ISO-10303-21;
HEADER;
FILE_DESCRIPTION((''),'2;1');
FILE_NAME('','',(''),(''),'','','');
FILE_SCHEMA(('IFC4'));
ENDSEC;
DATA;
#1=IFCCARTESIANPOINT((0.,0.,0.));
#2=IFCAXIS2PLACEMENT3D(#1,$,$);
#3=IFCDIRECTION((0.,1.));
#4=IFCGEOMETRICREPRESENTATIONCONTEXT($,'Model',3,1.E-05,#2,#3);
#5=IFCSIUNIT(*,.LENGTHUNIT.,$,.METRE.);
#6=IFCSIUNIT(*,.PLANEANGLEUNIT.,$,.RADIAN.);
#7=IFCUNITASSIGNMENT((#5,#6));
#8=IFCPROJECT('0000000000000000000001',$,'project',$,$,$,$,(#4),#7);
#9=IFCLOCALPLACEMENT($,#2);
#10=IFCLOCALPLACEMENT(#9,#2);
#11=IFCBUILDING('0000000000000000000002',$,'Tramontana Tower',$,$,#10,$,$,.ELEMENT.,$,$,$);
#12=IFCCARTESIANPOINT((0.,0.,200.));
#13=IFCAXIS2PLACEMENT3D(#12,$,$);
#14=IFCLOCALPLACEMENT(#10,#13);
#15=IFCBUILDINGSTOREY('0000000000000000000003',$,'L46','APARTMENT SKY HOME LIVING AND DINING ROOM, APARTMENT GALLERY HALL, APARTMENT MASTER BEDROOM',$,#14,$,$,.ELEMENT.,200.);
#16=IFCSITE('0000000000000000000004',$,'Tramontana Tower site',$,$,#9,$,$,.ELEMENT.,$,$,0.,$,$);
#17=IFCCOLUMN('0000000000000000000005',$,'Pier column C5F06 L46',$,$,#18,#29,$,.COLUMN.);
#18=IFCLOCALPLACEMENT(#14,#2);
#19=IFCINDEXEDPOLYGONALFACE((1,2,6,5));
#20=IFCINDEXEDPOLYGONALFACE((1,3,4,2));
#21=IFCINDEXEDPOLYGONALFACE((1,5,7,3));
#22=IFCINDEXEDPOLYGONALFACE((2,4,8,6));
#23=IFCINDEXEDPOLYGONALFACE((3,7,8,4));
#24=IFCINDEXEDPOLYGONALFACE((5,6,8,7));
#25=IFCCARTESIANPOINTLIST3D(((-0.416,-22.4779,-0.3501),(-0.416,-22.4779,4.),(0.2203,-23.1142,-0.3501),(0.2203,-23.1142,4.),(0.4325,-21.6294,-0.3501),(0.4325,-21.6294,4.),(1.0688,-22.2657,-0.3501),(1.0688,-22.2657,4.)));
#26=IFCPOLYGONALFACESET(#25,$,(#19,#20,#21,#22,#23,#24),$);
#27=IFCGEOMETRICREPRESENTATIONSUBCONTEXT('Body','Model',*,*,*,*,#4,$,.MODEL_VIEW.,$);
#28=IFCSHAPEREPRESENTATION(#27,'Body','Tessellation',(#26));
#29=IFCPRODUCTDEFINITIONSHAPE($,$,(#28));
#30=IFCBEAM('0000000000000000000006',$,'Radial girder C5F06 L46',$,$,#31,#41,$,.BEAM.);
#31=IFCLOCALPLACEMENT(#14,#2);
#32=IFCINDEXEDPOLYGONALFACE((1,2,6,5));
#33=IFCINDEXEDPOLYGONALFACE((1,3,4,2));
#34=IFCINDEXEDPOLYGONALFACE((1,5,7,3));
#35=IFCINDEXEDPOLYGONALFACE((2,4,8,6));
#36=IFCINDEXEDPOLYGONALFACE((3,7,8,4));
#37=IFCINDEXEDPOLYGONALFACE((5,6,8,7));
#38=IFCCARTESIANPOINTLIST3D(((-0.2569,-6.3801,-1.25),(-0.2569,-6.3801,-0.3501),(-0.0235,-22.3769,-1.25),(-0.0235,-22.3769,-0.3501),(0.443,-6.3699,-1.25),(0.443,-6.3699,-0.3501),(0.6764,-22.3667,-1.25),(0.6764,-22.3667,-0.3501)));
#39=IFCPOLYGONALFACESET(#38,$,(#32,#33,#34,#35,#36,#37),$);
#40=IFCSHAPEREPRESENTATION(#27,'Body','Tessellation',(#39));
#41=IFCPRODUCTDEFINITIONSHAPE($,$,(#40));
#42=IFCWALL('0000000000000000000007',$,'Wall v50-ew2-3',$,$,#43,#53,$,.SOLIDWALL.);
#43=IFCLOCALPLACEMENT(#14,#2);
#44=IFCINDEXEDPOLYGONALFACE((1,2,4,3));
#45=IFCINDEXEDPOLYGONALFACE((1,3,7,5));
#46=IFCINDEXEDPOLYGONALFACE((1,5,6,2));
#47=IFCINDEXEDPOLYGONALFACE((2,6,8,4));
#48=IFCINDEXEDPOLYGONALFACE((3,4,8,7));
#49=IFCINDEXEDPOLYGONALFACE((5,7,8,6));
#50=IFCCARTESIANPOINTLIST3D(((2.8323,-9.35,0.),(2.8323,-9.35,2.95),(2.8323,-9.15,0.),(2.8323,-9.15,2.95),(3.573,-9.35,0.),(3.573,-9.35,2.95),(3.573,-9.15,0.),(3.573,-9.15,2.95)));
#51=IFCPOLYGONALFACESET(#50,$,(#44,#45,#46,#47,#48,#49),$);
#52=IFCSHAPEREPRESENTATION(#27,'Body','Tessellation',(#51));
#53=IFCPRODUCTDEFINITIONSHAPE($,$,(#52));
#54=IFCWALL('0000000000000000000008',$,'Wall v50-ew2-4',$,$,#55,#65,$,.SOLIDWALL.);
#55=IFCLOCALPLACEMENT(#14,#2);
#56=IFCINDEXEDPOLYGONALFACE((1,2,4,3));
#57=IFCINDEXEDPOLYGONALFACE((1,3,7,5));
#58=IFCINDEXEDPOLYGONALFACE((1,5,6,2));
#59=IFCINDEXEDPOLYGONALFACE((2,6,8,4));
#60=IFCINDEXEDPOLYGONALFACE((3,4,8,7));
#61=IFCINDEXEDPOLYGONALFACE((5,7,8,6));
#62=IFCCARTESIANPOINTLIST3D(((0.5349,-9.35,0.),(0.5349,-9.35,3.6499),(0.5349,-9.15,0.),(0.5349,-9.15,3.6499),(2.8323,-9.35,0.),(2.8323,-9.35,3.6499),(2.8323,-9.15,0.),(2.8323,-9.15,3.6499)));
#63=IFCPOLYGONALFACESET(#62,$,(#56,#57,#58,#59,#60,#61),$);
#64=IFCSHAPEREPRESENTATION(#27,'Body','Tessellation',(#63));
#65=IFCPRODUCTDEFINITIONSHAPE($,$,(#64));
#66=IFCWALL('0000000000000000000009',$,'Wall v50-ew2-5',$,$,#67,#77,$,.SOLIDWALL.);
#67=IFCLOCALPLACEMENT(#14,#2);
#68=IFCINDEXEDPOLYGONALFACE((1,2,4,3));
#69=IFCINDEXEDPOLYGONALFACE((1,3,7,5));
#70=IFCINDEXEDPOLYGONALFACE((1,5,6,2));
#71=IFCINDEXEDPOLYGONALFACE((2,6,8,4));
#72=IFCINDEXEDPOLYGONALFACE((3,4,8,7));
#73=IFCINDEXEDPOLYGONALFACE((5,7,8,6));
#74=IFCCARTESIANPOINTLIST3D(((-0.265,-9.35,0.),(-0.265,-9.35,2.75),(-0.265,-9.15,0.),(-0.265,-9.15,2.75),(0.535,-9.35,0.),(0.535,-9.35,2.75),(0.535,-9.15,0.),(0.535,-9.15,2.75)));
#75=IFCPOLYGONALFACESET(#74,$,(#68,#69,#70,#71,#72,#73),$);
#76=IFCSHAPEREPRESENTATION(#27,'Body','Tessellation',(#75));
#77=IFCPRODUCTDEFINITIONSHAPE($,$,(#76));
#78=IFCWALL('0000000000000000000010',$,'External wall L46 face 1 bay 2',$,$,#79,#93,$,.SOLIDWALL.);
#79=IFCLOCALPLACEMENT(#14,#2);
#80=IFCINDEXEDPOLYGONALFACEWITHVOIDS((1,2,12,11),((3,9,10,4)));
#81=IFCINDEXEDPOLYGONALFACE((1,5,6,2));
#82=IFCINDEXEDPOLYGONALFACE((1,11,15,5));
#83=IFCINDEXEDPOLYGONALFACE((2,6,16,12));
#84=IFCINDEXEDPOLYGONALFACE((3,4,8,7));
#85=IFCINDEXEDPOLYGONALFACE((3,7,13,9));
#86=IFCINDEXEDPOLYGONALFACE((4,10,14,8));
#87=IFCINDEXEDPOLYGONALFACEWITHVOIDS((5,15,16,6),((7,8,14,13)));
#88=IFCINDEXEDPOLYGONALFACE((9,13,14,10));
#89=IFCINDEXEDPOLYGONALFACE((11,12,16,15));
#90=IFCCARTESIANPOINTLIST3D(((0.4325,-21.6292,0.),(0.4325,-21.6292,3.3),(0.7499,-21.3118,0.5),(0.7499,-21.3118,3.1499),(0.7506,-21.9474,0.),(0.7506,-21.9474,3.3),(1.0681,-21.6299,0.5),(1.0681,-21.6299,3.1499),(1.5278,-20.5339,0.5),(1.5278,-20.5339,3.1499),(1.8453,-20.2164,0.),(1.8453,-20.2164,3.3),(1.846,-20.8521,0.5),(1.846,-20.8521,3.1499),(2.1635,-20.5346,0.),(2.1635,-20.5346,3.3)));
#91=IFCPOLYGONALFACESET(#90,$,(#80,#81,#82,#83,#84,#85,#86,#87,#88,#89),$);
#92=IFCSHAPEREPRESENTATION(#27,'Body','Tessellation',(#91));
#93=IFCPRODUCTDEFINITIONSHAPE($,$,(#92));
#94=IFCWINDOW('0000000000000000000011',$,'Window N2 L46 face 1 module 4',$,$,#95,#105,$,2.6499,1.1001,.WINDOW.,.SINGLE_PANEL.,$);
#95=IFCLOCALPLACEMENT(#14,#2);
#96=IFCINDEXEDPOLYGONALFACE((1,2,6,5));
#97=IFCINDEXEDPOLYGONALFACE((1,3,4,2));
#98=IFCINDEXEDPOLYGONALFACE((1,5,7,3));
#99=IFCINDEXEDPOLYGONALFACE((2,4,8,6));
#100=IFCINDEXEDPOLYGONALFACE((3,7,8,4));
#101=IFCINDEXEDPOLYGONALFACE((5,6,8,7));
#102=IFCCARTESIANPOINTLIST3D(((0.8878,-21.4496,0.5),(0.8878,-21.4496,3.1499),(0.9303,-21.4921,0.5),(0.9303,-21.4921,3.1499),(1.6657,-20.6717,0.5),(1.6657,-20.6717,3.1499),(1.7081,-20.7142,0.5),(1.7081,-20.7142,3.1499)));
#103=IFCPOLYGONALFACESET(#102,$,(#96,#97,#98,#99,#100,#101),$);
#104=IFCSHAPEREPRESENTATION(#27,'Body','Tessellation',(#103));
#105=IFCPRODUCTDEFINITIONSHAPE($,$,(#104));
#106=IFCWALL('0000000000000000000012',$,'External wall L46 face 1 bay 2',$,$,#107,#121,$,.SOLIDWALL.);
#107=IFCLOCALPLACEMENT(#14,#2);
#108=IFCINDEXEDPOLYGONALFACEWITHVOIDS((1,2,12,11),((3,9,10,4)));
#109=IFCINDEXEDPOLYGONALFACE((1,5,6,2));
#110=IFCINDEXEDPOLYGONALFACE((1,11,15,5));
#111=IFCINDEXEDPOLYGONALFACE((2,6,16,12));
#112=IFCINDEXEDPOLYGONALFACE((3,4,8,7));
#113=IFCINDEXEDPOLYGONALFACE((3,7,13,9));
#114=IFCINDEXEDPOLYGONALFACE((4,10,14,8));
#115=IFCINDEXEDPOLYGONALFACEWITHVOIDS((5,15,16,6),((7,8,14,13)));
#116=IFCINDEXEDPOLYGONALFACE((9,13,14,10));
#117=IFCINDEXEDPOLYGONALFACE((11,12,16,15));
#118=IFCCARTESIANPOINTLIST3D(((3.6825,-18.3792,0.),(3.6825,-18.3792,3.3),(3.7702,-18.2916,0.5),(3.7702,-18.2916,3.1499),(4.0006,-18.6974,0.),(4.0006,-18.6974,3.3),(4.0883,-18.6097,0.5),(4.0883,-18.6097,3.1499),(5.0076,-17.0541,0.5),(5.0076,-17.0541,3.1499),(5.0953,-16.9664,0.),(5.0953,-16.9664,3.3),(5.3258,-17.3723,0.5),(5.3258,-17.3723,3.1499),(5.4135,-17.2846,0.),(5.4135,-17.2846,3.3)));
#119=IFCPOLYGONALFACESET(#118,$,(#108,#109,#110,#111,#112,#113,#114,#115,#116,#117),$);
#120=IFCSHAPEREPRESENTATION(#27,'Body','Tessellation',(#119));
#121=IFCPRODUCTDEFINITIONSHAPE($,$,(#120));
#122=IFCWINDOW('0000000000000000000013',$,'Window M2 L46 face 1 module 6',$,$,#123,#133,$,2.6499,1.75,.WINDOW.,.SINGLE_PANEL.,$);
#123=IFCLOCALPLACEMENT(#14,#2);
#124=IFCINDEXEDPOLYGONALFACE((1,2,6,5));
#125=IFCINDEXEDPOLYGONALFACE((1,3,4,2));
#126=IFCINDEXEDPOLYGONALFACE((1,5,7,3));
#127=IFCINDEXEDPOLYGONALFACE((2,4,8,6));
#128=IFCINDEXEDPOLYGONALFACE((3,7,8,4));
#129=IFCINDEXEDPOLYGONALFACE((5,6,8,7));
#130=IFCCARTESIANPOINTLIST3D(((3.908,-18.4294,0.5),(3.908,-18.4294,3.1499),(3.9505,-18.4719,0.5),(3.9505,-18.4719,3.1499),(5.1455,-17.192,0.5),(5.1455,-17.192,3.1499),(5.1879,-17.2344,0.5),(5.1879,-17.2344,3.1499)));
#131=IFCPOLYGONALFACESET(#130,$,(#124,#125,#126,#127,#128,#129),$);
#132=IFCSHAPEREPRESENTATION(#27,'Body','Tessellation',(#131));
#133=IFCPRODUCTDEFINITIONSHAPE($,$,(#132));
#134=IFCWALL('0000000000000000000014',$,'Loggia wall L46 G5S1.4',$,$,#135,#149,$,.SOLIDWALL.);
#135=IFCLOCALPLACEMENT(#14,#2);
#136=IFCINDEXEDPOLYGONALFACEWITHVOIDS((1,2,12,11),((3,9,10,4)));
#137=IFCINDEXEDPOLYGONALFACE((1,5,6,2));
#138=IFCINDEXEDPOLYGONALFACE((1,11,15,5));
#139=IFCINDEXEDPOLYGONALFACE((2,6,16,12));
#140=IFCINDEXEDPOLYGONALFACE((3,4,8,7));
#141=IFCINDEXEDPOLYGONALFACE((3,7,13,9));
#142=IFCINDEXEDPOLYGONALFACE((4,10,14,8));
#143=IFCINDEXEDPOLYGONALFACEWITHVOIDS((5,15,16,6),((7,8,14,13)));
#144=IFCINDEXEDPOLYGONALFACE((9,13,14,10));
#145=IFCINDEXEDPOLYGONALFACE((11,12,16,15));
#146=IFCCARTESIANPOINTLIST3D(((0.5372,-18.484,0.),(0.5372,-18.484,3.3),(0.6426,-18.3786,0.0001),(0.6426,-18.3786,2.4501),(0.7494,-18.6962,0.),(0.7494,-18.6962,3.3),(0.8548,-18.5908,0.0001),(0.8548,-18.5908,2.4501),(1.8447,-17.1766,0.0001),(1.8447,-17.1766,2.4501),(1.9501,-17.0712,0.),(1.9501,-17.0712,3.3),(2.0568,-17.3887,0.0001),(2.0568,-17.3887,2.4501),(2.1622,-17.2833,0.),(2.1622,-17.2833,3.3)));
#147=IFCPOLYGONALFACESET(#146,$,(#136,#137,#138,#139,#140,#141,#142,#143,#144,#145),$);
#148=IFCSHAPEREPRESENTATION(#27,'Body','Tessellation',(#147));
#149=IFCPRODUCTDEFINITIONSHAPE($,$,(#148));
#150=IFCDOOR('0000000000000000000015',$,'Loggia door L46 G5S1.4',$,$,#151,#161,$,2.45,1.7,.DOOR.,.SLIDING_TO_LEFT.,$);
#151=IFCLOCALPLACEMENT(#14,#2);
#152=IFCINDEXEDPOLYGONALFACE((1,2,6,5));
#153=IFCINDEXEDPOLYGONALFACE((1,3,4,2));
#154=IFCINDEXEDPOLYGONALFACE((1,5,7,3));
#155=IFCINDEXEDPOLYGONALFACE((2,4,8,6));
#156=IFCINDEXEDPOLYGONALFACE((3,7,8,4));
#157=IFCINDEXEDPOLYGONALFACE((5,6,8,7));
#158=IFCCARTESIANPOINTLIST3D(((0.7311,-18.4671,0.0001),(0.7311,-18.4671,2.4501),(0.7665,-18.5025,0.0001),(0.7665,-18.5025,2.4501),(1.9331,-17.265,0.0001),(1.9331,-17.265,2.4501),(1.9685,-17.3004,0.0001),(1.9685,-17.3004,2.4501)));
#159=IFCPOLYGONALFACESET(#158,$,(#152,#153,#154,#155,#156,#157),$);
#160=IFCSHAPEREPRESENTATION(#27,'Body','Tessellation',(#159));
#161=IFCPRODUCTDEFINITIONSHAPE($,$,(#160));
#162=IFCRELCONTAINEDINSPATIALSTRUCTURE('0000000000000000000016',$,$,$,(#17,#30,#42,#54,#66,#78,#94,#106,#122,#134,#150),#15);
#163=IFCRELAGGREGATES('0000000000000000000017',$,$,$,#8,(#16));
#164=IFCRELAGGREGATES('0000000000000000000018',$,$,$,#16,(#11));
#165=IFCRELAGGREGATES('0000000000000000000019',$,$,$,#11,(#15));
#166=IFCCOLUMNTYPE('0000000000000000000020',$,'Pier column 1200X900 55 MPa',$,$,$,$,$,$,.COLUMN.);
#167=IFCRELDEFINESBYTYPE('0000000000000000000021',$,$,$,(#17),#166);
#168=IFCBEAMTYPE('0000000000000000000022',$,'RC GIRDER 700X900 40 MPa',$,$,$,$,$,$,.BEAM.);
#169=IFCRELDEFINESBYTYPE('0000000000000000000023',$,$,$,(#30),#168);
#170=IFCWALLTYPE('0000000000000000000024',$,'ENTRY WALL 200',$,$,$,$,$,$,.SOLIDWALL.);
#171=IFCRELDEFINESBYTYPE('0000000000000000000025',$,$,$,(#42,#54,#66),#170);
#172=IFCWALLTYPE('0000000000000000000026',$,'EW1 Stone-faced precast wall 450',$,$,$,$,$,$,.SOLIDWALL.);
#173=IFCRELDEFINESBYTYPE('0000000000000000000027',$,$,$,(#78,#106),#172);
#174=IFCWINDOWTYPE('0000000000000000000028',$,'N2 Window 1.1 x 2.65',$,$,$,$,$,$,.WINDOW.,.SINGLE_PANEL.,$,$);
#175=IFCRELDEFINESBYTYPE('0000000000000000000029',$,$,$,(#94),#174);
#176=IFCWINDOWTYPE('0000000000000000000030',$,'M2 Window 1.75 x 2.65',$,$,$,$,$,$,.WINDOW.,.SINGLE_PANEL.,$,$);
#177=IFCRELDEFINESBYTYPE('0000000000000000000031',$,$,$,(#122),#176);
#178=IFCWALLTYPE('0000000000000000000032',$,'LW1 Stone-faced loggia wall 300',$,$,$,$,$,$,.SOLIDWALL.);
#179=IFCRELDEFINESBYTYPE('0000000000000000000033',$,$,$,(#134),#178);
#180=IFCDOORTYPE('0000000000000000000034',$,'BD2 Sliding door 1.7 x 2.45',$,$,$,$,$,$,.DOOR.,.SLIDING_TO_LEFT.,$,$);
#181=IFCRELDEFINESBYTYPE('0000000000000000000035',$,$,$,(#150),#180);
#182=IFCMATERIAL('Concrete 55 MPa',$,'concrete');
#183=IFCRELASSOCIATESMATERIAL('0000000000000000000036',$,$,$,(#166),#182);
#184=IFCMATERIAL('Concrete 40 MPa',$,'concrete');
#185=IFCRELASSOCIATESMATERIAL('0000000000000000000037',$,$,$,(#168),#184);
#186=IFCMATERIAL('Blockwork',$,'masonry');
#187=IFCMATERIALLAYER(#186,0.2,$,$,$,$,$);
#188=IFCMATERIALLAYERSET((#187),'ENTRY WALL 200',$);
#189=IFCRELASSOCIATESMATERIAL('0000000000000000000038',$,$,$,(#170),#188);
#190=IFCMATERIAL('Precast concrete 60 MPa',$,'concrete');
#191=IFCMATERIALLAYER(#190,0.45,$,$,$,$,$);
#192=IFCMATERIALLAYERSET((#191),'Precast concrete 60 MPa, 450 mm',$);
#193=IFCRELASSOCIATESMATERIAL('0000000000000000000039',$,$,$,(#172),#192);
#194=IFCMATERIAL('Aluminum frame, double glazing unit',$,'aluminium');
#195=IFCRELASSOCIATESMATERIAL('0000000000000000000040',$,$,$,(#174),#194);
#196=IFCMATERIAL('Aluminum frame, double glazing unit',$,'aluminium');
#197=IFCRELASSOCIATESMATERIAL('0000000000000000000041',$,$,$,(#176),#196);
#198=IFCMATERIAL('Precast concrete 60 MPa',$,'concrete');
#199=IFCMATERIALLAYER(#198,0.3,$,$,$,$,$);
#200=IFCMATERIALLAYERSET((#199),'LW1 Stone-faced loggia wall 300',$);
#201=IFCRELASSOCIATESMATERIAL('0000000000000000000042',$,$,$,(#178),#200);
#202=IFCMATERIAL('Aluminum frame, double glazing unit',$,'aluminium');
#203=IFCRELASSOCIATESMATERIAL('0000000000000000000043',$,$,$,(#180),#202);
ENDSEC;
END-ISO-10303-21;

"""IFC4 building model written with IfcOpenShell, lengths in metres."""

from ifc_helpers import new_model, si_unit, direction, frame, frame_2d, origin, origin_2d, place, context, subcontext, project, spatial, rectangle, extrude, material, layer, layer_set, material_profile, profile_set, type_object, element, fill, save


model = new_model("IFC4")

# Units and contexts
model_context = context("Model", 3, precision=1e-05, world=origin(), true_north=direction((0.0, 1.0)))
body_context = subcontext(model_context, "Body", "Model", "MODEL_VIEW")
ifc_project = project(units=[si_unit("LENGTHUNIT", "METRE"), si_unit("PLANEANGLEUNIT", "RADIAN")], contexts=[model_context])

# Site, building, storey
site_placement = place(None, origin())
site = spatial("IfcSite", under=ifc_project, at=site_placement, Name="Tramontana Tower site", CompositionType="ELEMENT", RefElevation=0.0)
building_placement = place(site_placement, origin())
building = spatial("IfcBuilding", under=site, at=building_placement, Name="Tramontana Tower", CompositionType="ELEMENT")
storey_placement = place(building_placement, frame((0.0, 0.0, 200.0)))
storey = spatial("IfcBuildingStorey", under=building, at=storey_placement, Name="L46", Description="APARTMENT SKY HOME LIVING AND DINING ROOM, APARTMENT GALLERY HALL, APARTMENT MASTER BEDROOM", CompositionType="ELEMENT", Elevation=200.0)

# Column
ifc_material_1 = material(Name="Concrete 55 MPa", Category="concrete")
ifc_material_profile_1 = material_profile(ifc_material_1, rectangle(XDim=1.2, YDim=0.8999, at=origin_2d()), Name="Pier column 1200X900 55 MPa")
ifc_profile_set_1 = profile_set([ifc_material_profile_1], Name="Concrete 55 MPa")
column_type = type_object("IfcColumnType", Name="Pier column 1200X900 55 MPa", PredefinedType="COLUMN", material=ifc_profile_set_1)
column_placement = place(storey_placement, frame((0.3264, -22.3718, -0.3501), z_axis=(0.0, 0.0, 1.0), x_axis=(0.707107, 0.707107, 0.0)))
element("IfcColumn", 1, at=column_placement, inside=storey, type_object=column_type, Name="Pier column C5F06 L46", PredefinedType="COLUMN", context=body_context, shape_type="SweptSolid", body=[
    extrude(rectangle(XDim=1.2, YDim=0.8999, at=origin_2d()), origin(), (0.0, 0.0, 1.0), 4.3501),
])

# Beam
ifc_material_2 = material(Name="Concrete 40 MPa", Category="concrete")
ifc_material_profile_2 = material_profile(ifc_material_2, rectangle(XDim=0.7, YDim=0.8999, at=origin_2d()), Name="RC GIRDER 700X900 40 MPa")
ifc_profile_set_2 = profile_set([ifc_material_profile_2], Name="Concrete 40 MPa")
beam_type = type_object("IfcBeamType", Name="RC GIRDER 700X900 40 MPa", PredefinedType="BEAM", material=ifc_profile_set_2)
beam_placement = place(storey_placement, frame((0.3264, -22.3718, -0.8), z_axis=(-0.014589, 0.999894, 0.0), x_axis=(-0.999894, -0.014589, 0.0)))
element("IfcBeam", 2, at=beam_placement, inside=storey, type_object=beam_type, Name="Radial girder C5F06 L46", PredefinedType="BEAM", context=body_context, shape_type="SweptSolid", body=[
    extrude(rectangle(XDim=0.7, YDim=0.8999, at=origin_2d()), origin(), (0.0, 0.0, 1.0), 15.9985),
])

# Walls
ifc_material_3 = material(Name="Blockwork", Category="masonry")
ifc_layer_1 = layer(ifc_material_3, 0.2)
ifc_layer_set_1 = layer_set([ifc_layer_1], Name="ENTRY WALL 200")
wall_type_1 = type_object("IfcWallType", Name="ENTRY WALL 200", PredefinedType="SOLIDWALL", material=ifc_layer_set_1)
wall_1_placement = place(storey_placement, frame((3.573, -9.25, 0.0), z_axis=(0.0, 0.0, 1.0), x_axis=(-1.0, 0.0, 0.0)))
element("IfcWall", 3, at=wall_1_placement, inside=storey, type_object=wall_type_1, Name="Wall v50-ew2-3", PredefinedType="SOLIDWALL", context=body_context, shape_type="SweptSolid", body=[
    extrude(rectangle(XDim=0.7407, YDim=0.2, at=frame_2d((0.3704, 0.0))), origin(), (0.0, 0.0, 1.0), 2.95),
])
wall_2_placement = place(storey_placement, frame((2.8323, -9.25, 0.0), z_axis=(0.0, 0.0, 1.0), x_axis=(-1.0, 0.0, 0.0)))
element("IfcWall", 4, at=wall_2_placement, inside=storey, type_object=wall_type_1, Name="Wall v50-ew2-4", PredefinedType="SOLIDWALL", context=body_context, shape_type="SweptSolid", body=[
    extrude(rectangle(XDim=2.2974, YDim=0.2, at=frame_2d((1.1487, 0.0))), origin(), (0.0, 0.0, 1.0), 3.6499),
])
wall_3_placement = place(storey_placement, frame((0.5349, -9.25, 0.0), z_axis=(0.0, 0.0, 1.0), x_axis=(-1.0, 0.0, 0.0)))
element("IfcWall", 5, at=wall_3_placement, inside=storey, type_object=wall_type_1, Name="Wall v50-ew2-5", PredefinedType="SOLIDWALL", context=body_context, shape_type="SweptSolid", body=[
    extrude(rectangle(XDim=0.8, YDim=0.2, at=frame_2d((0.3999, 0.0))), origin(), (0.0, 0.0, 1.0), 2.75),
])

# Walls, openings, windows
ifc_material_4 = material(Name="Precast concrete 60 MPa", Category="concrete")
ifc_layer_2 = layer(ifc_material_4, 0.45)
ifc_layer_set_2 = layer_set([ifc_layer_2], Name="Precast concrete 60 MPa, 450 mm")
wall_type_2 = type_object("IfcWallType", Name="EW1 Stone-faced precast wall 450", PredefinedType="SOLIDWALL", material=ifc_layer_set_2)
wall_4_placement = place(storey_placement, frame((0.5916, -21.7883, 0.0), z_axis=(0.0, 0.0, 1.0), x_axis=(0.707107, 0.707107, 0.0)))
wall_4 = element("IfcWall", 6, at=wall_4_placement, inside=storey, type_object=wall_type_2, Name="External wall L46 face 1 bay 2", PredefinedType="SOLIDWALL", context=body_context, shape_type="SweptSolid", body=[
    extrude(rectangle(XDim=1.998, YDim=0.45, at=frame_2d((0.999, 0.0))), origin(), (0.0, 0.0, 1.0), 3.3),
])
opening_1_placement = place(wall_4_placement, frame((0.449, 0.0, 0.5)))
opening_1 = element("IfcOpeningElement", 7, at=opening_1_placement, cuts=wall_4, PredefinedType="OPENING", context=body_context, shape_type="SweptSolid", body=[
    extrude(rectangle(XDim=1.1001, YDim=2.6499, at=frame_2d((0.55, 1.325))), frame((0.0, 0.2349, 0.0), z_axis=(0.0, -1.0, 0.0), x_axis=(1.0, 0.0, 0.0)), (0.0, 0.0, 1.0), 0.47),
])
ifc_material_5 = material(Name="Aluminum frame, double glazing unit", Category="aluminium")
window_type_1 = type_object("IfcWindowType", Name="N2 Window 1.1 x 2.65", PartitioningType="SINGLE_PANEL", PredefinedType="WINDOW", material=ifc_material_5)
window_1_placement = place(opening_1_placement, origin())
window_1 = element("IfcWindow", 8, at=window_1_placement, inside=storey, type_object=window_type_1, Name="Window N2 L46 face 1 module 4", OverallHeight=2.6499, OverallWidth=1.1001, PartitioningType="SINGLE_PANEL", PredefinedType="WINDOW", context=body_context, shape_type="SweptSolid", body=[
    extrude(rectangle(XDim=1.1001, YDim=2.6499, at=frame_2d((0.55, 1.325))), frame((0.0, 0.03, 0.0), z_axis=(0.0, -1.0, 0.0), x_axis=(1.0, 0.0, 0.0)), (0.0, 0.0, 1.0), 0.0601),
])
fill(opening_1, window_1)
wall_5_placement = place(storey_placement, frame((3.8416, -18.5383, 0.0), z_axis=(0.0, 0.0, 1.0), x_axis=(0.707107, 0.707107, 0.0)))
wall_5 = element("IfcWall", 9, at=wall_5_placement, inside=storey, type_object=wall_type_2, Name="External wall L46 face 1 bay 2", PredefinedType="SOLIDWALL", context=body_context, shape_type="SweptSolid", body=[
    extrude(rectangle(XDim=1.998, YDim=0.45, at=frame_2d((0.999, 0.0))), origin(), (0.0, 0.0, 1.0), 3.3),
])
opening_2_placement = place(wall_5_placement, frame((0.124, 0.0, 0.5)))
opening_2 = element("IfcOpeningElement", 10, at=opening_2_placement, cuts=wall_5, PredefinedType="OPENING", context=body_context, shape_type="SweptSolid", body=[
    extrude(rectangle(XDim=1.75, YDim=2.6499, at=frame_2d((0.875, 1.325))), frame((0.0, 0.2349, 0.0), z_axis=(0.0, -1.0, 0.0), x_axis=(1.0, 0.0, 0.0)), (0.0, 0.0, 1.0), 0.47),
])
ifc_material_6 = material(Name="Aluminum frame, double glazing unit", Category="aluminium")
window_type_2 = type_object("IfcWindowType", Name="M2 Window 1.75 x 2.65", PartitioningType="SINGLE_PANEL", PredefinedType="WINDOW", material=ifc_material_6)
window_2_placement = place(opening_2_placement, origin())
window_2 = element("IfcWindow", 11, at=window_2_placement, inside=storey, type_object=window_type_2, Name="Window M2 L46 face 1 module 6", OverallHeight=2.6499, OverallWidth=1.75, PartitioningType="SINGLE_PANEL", PredefinedType="WINDOW", context=body_context, shape_type="SweptSolid", body=[
    extrude(rectangle(XDim=1.75, YDim=2.6499, at=frame_2d((0.875, 1.325))), frame((0.0, 0.03, 0.0), z_axis=(0.0, -1.0, 0.0), x_axis=(1.0, 0.0, 0.0)), (0.0, 0.0, 1.0), 0.0601),
])
fill(opening_2, window_2)

# Wall, opening, door
ifc_material_7 = material(Name="Precast concrete 60 MPa", Category="concrete")
ifc_layer_3 = layer(ifc_material_7, 0.3)
ifc_layer_set_3 = layer_set([ifc_layer_3], Name="LW1 Stone-faced loggia wall 300")
wall_type_3 = type_object("IfcWallType", Name="LW1 Stone-faced loggia wall 300", PredefinedType="SOLIDWALL", material=ifc_layer_set_3)
wall_6_placement = place(storey_placement, frame((0.6433, -18.5901, 0.0), z_axis=(0.0, 0.0, 1.0), x_axis=(0.707107, 0.707107, 0.0)))
wall_6 = element("IfcWall", 12, at=wall_6_placement, inside=storey, type_object=wall_type_3, Name="Loggia wall L46 G5S1.4", PredefinedType="SOLIDWALL", context=body_context, shape_type="SweptSolid", body=[
    extrude(rectangle(XDim=1.998, YDim=0.3, at=frame_2d((0.999, 0.0))), origin(), (0.0, 0.0, 1.0), 3.3),
])
opening_3_placement = place(wall_6_placement, frame((0.1489, 0.0, 0.0)))
opening_3 = element("IfcOpeningElement", 13, at=opening_3_placement, cuts=wall_6, PredefinedType="OPENING", context=body_context, shape_type="SweptSolid", body=[
    extrude(rectangle(XDim=1.7, YDim=2.45, at=frame_2d((0.8501, 1.2251))), frame((0.0, 0.1599, 0.0), z_axis=(0.0, -1.0, 0.0), x_axis=(1.0, 0.0, 0.0)), (0.0, 0.0, 1.0), 0.3201),
])
ifc_material_8 = material(Name="Aluminum frame, double glazing unit", Category="aluminium")
door_type_1 = type_object("IfcDoorType", Name="BD2 Sliding door 1.7 x 2.45", OperationType="SLIDING_TO_LEFT", PredefinedType="DOOR", material=ifc_material_8)
door_1_placement = place(opening_3_placement, origin())
door_1 = element("IfcDoor", 14, at=door_1_placement, inside=storey, type_object=door_type_1, Name="Loggia door L46 G5S1.4", OperationType="SLIDING_TO_LEFT", OverallHeight=2.45, OverallWidth=1.7, PredefinedType="DOOR", context=body_context, shape_type="SweptSolid", body=[
    extrude(rectangle(XDim=1.7, YDim=2.45, at=frame_2d((0.8501, 1.2251))), frame((0.0, 0.0249, 0.0), z_axis=(0.0, -1.0, 0.0), x_axis=(1.0, 0.0, 0.0)), (0.0, 0.0, 1.0), 0.05),
])
fill(opening_3, door_1)

save(model, "model.ifc")
